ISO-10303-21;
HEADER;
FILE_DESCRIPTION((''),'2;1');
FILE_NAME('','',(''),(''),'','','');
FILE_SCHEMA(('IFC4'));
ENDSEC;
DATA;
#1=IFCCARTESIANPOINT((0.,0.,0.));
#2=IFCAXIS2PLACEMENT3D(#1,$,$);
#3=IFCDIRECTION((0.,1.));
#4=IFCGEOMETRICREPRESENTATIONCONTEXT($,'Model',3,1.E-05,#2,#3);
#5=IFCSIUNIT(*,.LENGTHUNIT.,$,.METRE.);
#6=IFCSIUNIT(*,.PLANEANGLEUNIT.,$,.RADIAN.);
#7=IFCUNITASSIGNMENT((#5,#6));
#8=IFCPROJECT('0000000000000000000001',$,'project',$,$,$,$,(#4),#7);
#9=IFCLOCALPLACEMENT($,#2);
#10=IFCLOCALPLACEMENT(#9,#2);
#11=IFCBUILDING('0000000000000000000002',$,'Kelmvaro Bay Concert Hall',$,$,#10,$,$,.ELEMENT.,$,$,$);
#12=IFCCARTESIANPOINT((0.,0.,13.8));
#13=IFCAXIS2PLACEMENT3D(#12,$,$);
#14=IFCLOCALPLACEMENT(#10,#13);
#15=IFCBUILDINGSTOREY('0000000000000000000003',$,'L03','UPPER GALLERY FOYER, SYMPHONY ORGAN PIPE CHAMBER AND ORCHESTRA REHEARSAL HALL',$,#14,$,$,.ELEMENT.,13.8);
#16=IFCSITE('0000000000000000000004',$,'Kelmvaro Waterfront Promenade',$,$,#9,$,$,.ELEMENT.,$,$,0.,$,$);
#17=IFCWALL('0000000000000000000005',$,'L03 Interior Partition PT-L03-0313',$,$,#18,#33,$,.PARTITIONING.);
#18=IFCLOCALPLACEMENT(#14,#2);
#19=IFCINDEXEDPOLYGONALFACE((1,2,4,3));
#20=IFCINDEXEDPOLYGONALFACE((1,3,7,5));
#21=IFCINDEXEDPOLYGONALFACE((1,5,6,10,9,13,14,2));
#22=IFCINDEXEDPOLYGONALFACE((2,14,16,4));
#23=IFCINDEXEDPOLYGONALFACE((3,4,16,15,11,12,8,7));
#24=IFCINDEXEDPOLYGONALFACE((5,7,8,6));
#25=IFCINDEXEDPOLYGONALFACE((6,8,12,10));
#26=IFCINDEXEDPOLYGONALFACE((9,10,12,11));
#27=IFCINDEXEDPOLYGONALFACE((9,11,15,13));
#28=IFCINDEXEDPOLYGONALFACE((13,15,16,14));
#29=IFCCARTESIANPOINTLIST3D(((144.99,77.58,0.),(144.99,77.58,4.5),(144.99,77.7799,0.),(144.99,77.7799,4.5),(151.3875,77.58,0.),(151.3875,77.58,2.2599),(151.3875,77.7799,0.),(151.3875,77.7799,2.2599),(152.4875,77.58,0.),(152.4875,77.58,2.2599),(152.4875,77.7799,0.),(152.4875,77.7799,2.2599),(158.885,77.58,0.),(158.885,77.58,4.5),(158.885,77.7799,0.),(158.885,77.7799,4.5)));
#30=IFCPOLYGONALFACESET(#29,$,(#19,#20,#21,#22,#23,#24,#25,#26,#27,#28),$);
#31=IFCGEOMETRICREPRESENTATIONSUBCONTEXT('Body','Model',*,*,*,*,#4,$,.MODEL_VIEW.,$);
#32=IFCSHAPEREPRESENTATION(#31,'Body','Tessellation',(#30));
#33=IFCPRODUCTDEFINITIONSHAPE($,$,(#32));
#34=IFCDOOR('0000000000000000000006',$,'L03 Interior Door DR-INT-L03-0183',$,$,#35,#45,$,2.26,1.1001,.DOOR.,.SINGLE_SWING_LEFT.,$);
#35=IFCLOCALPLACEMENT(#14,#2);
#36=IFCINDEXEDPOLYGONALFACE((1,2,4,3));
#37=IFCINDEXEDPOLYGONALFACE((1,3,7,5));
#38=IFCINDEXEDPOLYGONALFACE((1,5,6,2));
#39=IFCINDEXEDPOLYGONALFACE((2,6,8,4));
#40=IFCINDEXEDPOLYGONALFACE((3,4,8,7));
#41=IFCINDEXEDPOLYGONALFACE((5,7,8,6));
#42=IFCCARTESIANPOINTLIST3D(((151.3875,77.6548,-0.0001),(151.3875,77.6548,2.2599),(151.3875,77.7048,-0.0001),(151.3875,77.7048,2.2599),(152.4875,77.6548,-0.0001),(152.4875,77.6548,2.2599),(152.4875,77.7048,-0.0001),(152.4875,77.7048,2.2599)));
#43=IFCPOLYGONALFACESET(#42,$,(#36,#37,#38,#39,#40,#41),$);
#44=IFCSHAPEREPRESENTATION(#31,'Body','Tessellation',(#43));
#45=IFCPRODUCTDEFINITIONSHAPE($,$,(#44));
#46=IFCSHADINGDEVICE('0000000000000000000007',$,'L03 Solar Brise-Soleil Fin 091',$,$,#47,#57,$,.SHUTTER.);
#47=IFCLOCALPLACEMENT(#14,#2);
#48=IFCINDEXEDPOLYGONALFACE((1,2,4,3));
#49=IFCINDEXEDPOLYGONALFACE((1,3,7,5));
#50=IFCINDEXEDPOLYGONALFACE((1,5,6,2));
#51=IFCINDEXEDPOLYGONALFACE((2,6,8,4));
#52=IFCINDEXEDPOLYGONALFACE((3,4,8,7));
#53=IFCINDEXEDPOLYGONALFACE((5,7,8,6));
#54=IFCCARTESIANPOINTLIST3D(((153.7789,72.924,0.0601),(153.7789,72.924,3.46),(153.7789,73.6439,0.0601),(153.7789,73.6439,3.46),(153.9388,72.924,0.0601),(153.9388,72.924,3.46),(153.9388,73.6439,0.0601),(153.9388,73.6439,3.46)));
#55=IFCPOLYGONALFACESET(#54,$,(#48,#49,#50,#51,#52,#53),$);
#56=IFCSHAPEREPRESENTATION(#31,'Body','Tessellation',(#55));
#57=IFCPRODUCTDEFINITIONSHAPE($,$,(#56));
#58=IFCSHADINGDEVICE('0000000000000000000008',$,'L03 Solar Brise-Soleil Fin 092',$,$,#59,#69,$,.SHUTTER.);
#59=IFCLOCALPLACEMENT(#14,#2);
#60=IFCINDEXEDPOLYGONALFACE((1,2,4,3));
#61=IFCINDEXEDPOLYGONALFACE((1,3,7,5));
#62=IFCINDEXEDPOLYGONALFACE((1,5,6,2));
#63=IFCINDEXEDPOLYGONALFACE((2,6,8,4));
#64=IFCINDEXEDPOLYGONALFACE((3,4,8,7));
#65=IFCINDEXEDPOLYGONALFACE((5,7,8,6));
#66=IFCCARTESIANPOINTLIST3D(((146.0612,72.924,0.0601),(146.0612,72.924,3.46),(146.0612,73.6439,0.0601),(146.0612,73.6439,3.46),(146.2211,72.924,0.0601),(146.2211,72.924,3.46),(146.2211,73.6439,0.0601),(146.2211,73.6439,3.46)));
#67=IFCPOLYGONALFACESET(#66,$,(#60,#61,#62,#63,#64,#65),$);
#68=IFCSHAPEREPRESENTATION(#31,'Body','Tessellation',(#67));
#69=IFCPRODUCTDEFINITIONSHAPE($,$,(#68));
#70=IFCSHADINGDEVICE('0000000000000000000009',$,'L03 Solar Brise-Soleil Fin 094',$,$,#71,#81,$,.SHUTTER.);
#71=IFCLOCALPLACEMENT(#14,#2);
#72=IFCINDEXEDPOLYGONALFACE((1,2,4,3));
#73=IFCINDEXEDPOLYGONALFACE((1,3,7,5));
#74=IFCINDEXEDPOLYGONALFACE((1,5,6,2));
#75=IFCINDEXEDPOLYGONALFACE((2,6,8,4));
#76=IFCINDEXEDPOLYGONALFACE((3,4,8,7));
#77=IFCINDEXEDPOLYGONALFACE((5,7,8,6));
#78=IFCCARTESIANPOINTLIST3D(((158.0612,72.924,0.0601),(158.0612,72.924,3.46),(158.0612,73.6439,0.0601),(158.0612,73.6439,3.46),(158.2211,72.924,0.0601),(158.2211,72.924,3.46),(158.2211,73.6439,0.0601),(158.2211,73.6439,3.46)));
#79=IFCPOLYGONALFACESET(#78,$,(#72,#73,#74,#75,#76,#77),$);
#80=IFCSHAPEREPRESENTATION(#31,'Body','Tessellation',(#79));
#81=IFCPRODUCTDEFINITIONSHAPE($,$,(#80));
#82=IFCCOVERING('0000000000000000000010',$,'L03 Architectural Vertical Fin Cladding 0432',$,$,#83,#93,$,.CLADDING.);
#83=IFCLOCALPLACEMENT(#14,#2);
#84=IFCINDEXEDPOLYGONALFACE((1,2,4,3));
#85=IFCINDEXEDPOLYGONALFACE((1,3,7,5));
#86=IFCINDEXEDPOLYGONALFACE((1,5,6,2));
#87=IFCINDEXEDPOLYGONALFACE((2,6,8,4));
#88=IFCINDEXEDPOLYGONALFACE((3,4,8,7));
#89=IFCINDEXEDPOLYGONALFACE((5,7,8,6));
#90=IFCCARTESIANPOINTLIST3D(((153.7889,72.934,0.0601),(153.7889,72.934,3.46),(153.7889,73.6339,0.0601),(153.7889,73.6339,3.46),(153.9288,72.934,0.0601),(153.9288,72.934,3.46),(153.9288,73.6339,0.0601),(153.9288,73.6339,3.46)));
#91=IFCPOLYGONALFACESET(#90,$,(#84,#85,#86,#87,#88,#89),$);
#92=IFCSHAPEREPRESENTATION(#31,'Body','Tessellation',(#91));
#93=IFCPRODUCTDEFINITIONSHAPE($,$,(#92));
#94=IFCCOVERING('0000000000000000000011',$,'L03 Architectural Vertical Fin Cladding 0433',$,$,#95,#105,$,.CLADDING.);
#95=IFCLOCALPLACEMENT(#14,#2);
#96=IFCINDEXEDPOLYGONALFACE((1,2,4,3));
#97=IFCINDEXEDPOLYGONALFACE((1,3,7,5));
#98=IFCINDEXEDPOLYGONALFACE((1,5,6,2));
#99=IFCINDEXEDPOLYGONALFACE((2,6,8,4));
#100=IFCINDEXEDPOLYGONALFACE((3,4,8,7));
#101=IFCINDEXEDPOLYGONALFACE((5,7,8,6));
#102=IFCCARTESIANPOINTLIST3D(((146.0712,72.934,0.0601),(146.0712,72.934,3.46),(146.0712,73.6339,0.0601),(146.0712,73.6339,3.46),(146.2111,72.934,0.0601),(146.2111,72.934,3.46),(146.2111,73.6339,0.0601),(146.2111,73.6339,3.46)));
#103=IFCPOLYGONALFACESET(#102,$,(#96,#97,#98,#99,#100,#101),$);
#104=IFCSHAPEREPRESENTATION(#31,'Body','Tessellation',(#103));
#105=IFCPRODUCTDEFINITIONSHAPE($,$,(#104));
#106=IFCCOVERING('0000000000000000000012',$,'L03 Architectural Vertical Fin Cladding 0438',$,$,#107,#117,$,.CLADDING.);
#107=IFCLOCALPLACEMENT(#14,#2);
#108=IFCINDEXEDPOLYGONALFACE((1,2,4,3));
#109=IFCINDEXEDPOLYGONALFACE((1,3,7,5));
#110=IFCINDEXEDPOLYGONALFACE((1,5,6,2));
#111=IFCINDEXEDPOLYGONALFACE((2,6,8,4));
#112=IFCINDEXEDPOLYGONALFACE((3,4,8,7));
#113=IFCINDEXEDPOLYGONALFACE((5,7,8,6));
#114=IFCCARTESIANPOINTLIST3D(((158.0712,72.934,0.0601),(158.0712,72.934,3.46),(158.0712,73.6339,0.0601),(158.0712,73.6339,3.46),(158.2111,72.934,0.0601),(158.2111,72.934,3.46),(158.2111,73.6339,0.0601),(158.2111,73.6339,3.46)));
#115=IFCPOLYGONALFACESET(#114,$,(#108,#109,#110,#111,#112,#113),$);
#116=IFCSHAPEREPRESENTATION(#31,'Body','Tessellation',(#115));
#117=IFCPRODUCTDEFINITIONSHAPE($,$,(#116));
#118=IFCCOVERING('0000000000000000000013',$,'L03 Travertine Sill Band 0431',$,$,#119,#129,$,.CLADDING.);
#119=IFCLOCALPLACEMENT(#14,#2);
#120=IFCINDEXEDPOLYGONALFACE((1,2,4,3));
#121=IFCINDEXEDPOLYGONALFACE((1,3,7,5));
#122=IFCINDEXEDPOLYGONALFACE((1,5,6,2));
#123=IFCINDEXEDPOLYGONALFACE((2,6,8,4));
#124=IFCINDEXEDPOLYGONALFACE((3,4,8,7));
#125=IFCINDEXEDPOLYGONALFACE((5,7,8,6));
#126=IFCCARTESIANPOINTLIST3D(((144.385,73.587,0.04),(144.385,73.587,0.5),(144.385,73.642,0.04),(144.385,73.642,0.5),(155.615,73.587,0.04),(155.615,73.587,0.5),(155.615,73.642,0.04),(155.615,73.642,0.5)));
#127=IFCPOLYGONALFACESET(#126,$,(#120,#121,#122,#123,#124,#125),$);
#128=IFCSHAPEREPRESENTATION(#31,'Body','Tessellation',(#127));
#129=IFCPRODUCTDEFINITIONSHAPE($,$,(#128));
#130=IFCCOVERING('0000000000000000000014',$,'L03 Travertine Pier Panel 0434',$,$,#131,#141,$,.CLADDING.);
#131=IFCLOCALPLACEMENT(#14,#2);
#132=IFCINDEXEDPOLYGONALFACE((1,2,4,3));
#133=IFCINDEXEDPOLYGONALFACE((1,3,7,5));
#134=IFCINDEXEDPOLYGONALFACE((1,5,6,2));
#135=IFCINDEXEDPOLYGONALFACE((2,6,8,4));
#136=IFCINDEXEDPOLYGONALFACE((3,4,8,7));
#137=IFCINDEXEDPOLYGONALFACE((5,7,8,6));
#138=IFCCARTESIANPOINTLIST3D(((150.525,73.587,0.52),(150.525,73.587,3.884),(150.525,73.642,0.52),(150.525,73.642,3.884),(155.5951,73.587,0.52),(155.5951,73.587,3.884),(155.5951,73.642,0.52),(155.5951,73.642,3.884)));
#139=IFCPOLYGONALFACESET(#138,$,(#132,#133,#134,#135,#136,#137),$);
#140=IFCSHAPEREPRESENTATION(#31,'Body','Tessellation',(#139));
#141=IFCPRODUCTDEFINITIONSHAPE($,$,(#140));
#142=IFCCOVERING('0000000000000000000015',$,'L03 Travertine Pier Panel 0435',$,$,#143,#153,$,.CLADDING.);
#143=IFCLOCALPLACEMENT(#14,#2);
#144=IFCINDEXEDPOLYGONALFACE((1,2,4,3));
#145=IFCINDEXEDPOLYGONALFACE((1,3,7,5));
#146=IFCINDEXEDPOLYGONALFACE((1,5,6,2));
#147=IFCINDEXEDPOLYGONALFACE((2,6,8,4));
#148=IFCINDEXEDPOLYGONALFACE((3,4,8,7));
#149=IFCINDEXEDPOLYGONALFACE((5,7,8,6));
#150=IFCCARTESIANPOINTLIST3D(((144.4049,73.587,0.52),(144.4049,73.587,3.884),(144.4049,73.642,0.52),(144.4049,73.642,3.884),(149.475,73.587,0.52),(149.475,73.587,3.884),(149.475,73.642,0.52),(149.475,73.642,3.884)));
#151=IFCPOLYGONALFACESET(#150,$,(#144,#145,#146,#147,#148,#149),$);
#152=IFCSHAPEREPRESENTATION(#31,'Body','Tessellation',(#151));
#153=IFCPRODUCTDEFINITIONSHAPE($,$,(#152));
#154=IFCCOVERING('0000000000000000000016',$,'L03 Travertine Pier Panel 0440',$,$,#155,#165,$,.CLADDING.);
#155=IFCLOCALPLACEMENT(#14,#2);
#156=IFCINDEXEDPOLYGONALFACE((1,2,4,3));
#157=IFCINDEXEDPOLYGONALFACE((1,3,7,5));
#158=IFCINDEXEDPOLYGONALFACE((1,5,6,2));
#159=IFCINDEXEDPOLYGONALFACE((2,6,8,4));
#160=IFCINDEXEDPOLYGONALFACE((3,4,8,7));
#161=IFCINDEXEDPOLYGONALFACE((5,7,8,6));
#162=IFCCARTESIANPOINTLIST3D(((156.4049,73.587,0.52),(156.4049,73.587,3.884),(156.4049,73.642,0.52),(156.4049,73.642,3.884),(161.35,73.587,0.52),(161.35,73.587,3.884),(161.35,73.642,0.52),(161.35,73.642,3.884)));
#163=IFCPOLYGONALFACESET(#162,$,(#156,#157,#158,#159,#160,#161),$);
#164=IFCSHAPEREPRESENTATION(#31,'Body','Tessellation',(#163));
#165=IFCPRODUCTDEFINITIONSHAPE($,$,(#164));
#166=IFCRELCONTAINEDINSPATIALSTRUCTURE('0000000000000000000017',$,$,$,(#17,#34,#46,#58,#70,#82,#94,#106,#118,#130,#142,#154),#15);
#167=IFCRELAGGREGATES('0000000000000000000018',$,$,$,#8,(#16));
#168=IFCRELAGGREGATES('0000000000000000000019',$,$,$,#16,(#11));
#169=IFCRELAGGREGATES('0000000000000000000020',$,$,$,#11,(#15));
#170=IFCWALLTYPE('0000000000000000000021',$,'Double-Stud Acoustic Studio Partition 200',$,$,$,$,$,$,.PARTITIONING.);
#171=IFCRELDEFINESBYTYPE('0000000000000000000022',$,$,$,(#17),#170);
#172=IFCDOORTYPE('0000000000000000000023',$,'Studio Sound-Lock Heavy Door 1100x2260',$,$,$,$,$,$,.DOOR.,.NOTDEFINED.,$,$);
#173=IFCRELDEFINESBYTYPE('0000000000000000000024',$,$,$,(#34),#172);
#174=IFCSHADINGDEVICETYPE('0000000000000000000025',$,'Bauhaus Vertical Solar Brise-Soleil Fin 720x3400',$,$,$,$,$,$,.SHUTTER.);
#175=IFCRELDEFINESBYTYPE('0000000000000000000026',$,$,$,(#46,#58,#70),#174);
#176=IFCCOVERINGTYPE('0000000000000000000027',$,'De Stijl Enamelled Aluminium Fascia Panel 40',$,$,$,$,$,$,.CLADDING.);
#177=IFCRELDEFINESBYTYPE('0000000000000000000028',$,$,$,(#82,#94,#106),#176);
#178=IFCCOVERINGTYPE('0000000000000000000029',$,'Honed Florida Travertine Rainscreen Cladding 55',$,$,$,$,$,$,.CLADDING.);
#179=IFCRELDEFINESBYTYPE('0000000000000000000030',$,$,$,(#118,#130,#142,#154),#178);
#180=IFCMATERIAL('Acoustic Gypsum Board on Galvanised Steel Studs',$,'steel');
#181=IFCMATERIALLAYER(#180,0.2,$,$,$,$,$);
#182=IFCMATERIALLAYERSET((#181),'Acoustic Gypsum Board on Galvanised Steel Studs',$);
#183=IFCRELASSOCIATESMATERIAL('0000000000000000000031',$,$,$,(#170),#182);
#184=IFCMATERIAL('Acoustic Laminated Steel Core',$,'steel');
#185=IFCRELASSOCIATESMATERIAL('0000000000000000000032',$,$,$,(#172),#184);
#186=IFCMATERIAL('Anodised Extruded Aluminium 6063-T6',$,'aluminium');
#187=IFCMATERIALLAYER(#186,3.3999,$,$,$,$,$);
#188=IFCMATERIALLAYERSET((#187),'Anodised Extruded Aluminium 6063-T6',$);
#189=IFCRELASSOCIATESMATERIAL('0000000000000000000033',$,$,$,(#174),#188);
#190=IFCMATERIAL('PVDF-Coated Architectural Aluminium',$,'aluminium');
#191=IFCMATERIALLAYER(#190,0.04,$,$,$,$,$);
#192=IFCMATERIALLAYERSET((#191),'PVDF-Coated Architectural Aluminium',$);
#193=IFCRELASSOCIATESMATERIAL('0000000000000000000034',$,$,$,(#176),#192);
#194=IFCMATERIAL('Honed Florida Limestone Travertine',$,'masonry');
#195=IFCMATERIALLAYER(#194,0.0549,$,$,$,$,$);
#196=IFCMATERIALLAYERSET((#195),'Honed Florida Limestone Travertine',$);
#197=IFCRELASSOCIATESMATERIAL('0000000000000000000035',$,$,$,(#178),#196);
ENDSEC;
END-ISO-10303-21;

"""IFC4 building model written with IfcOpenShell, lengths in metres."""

from ifc_helpers import new_model, si_unit, direction, frame, frame_2d, origin, origin_2d, place, context, subcontext, project, spatial, rectangle, extrude, material, layer, layer_set, type_object, element, fill, save


model = new_model("IFC4")

# Units and contexts
model_context = context("Model", 3, precision=1e-05, world=origin(), true_north=direction((0.0, 1.0)))
body_context = subcontext(model_context, "Body", "Model", "MODEL_VIEW")
ifc_project = project(units=[si_unit("LENGTHUNIT", "METRE"), si_unit("PLANEANGLEUNIT", "RADIAN")], contexts=[model_context])

# Site, building, storey
site_placement = place(None, origin())
site = spatial("IfcSite", under=ifc_project, at=site_placement, Name="Kelmvaro Waterfront Promenade", CompositionType="ELEMENT", RefElevation=0.0)
building_placement = place(site_placement, origin())
building = spatial("IfcBuilding", under=site, at=building_placement, Name="Kelmvaro Bay Concert Hall", CompositionType="ELEMENT")
storey_placement = place(building_placement, frame((0.0, 0.0, 13.8)))
storey = spatial("IfcBuildingStorey", under=building, at=storey_placement, Name="L03", Description="UPPER GALLERY FOYER, SYMPHONY ORGAN PIPE CHAMBER AND ORCHESTRA REHEARSAL HALL", CompositionType="ELEMENT", Elevation=13.8)

# Wall, opening, door
ifc_material_1 = material(Name="Acoustic Gypsum Board on Galvanised Steel Studs", Category="steel")
ifc_layer_1 = layer(ifc_material_1, 0.2)
ifc_layer_set_1 = layer_set([ifc_layer_1], Name="Acoustic Gypsum Board on Galvanised Steel Studs")
wall_type_1 = type_object("IfcWallType", Name="Double-Stud Acoustic Studio Partition 200", PredefinedType="PARTITIONING", material=ifc_layer_set_1)
ifc_material_2 = material(Name="Acoustic Laminated Steel Core", Category="steel")
door_type_1 = type_object("IfcDoorType", Name="Studio Sound-Lock Heavy Door 1100x2260", OperationType="NOTDEFINED", PredefinedType="DOOR", material=ifc_material_2)
wall_1_placement = place(storey_placement, frame((144.99, 77.6799, 0.0), z_axis=(0.0, 0.0, 1.0), x_axis=(1.0, 0.0, 0.0)))
wall_1 = element("IfcWall", 1, at=wall_1_placement, inside=storey, type_object=wall_type_1, Name="L03 Interior Partition PT-L03-0313", PredefinedType="PARTITIONING", context=body_context, shape_type="SweptSolid", body=[
    extrude(rectangle(XDim=13.895, YDim=0.2, at=frame_2d((6.9475, 0.0))), origin(), (0.0, 0.0, 1.0), 4.5),
])
opening_1_placement = place(wall_1_placement, frame((6.3975, 0.0, 0.0)))
opening_1 = element("IfcOpeningElement", 2, at=opening_1_placement, cuts=wall_1, PredefinedType="OPENING", context=body_context, shape_type="SweptSolid", body=[
    extrude(rectangle(XDim=1.1001, YDim=2.26, at=frame_2d((0.55, 1.1299))), frame((0.0, 0.1099, 0.0), z_axis=(0.0, -1.0, 0.0), x_axis=(1.0, 0.0, 0.0)), (0.0, 0.0, 1.0), 0.22),
])
door_1_placement = place(opening_1_placement, origin())
door_1 = element("IfcDoor", 3, at=door_1_placement, inside=storey, type_object=door_type_1, Name="L03 Interior Door DR-INT-L03-0183", OperationType="SINGLE_SWING_LEFT", OverallHeight=2.26, OverallWidth=1.1001, PredefinedType="DOOR", context=body_context, shape_type="SweptSolid", body=[
    extrude(rectangle(XDim=1.1001, YDim=2.26, at=frame_2d((0.55, 1.1299))), frame((0.0, 0.0249, 0.0), z_axis=(0.0, -1.0, 0.0), x_axis=(1.0, 0.0, 0.0)), (0.0, 0.0, 1.0), 0.05),
])
fill(opening_1, door_1)

# Shading devices
ifc_material_3 = material(Name="Anodised Extruded Aluminium 6063-T6", Category="aluminium")
ifc_layer_2 = layer(ifc_material_3, 3.3999)
ifc_layer_set_2 = layer_set([ifc_layer_2], Name="Anodised Extruded Aluminium 6063-T6")
shading_device_type = type_object("IfcShadingDeviceType", Name="Bauhaus Vertical Solar Brise-Soleil Fin 720x3400", PredefinedType="SHUTTER", material=ifc_layer_set_2)
for number, where, z_axis, x_axis, name in (
    (4, (153.8589, 73.2839, 0.0601), (0.0, 0.0, 1.0), (-1.0, 0.0, 0.0), "L03 Solar Brise-Soleil Fin 091"),
    (5, (146.1411, 73.2839, 0.0601), (0.0, 0.0, 1.0), (-1.0, 0.0, 0.0), "L03 Solar Brise-Soleil Fin 092"),
    (6, (158.1411, 73.2839, 0.0601), (0.0, 0.0, 1.0), (-1.0, 0.0, 0.0), "L03 Solar Brise-Soleil Fin 094"),
):
    element("IfcShadingDevice", number, at=place(storey_placement, frame(where, z_axis=z_axis, x_axis=x_axis)), inside=storey, type_object=shading_device_type, Name=name, PredefinedType="SHUTTER", context=body_context, shape_type="SweptSolid", body=[
        extrude(rectangle(XDim=0.1599, YDim=0.72, at=origin_2d()), origin(), (0.0, 0.0, 1.0), 3.3999),
    ])

# Coverings
ifc_material_4 = material(Name="PVDF-Coated Architectural Aluminium", Category="aluminium")
ifc_layer_3 = layer(ifc_material_4, 0.04)
ifc_layer_set_3 = layer_set([ifc_layer_3], Name="PVDF-Coated Architectural Aluminium")
covering_type_1 = type_object("IfcCoveringType", Name="De Stijl Enamelled Aluminium Fascia Panel 40", PredefinedType="CLADDING", material=ifc_layer_set_3)
for number, where, z_axis, x_axis, name in (
    (7, (153.8589, 73.2839, 0.0601), (0.0, 0.0, 1.0), (-1.0, 0.0, 0.0), "L03 Architectural Vertical Fin Cladding 0432"),
    (8, (146.1411, 73.2839, 0.0601), (0.0, 0.0, 1.0), (-1.0, 0.0, 0.0), "L03 Architectural Vertical Fin Cladding 0433"),
    (9, (158.1411, 73.2839, 0.0601), (0.0, 0.0, 1.0), (-1.0, 0.0, 0.0), "L03 Architectural Vertical Fin Cladding 0438"),
):
    element("IfcCovering", number, at=place(storey_placement, frame(where, z_axis=z_axis, x_axis=x_axis)), inside=storey, type_object=covering_type_1, Name=name, PredefinedType="CLADDING", context=body_context, shape_type="SweptSolid", body=[
        extrude(rectangle(XDim=0.1399, YDim=0.7, at=origin_2d()), origin(), (0.0, 0.0, 1.0), 3.3999),
    ])
ifc_material_5 = material(Name="Honed Florida Limestone Travertine", Category="masonry")
ifc_layer_4 = layer(ifc_material_5, 0.0549)
ifc_layer_set_4 = layer_set([ifc_layer_4], Name="Honed Florida Limestone Travertine")
covering_type_2 = type_object("IfcCoveringType", Name="Honed Florida Travertine Rainscreen Cladding 55", PredefinedType="CLADDING", material=ifc_layer_set_4)
covering_1_placement = place(storey_placement, frame((150.0, 73.6145, 0.04), z_axis=(0.0, 0.0, 1.0), x_axis=(-1.0, 0.0, 0.0)))
element("IfcCovering", 10, at=covering_1_placement, inside=storey, type_object=covering_type_2, Name="L03 Travertine Sill Band 0431", PredefinedType="CLADDING", context=body_context, shape_type="SweptSolid", body=[
    extrude(rectangle(XDim=11.23, YDim=0.0549, at=origin_2d()), origin(), (0.0, 0.0, 1.0), 0.46),
])
for number, where, z_axis, x_axis, name in (
    (11, (153.0601, 73.6145, 0.52), (0.0, 0.0, 1.0), (-1.0, 0.0, 0.0), "L03 Travertine Pier Panel 0434"),
    (12, (146.9399, 73.6145, 0.52), (0.0, 0.0, 1.0), (-1.0, 0.0, 0.0), "L03 Travertine Pier Panel 0435"),
):
    element("IfcCovering", number, at=place(storey_placement, frame(where, z_axis=z_axis, x_axis=x_axis)), inside=storey, type_object=covering_type_2, Name=name, PredefinedType="CLADDING", context=body_context, shape_type="SweptSolid", body=[
        extrude(rectangle(XDim=5.0701, YDim=0.0549, at=origin_2d()), origin(), (0.0, 0.0, 1.0), 3.364),
    ])
covering_2_placement = place(storey_placement, frame((158.8774, 73.6145, 0.52), z_axis=(0.0, 0.0, 1.0), x_axis=(-1.0, 0.0, 0.0)))
element("IfcCovering", 13, at=covering_2_placement, inside=storey, type_object=covering_type_2, Name="L03 Travertine Pier Panel 0440", PredefinedType="CLADDING", context=body_context, shape_type="SweptSolid", body=[
    extrude(rectangle(XDim=4.9451, YDim=0.0549, at=origin_2d()), origin(), (0.0, 0.0, 1.0), 3.364),
])

save(model, "model.ifc")
